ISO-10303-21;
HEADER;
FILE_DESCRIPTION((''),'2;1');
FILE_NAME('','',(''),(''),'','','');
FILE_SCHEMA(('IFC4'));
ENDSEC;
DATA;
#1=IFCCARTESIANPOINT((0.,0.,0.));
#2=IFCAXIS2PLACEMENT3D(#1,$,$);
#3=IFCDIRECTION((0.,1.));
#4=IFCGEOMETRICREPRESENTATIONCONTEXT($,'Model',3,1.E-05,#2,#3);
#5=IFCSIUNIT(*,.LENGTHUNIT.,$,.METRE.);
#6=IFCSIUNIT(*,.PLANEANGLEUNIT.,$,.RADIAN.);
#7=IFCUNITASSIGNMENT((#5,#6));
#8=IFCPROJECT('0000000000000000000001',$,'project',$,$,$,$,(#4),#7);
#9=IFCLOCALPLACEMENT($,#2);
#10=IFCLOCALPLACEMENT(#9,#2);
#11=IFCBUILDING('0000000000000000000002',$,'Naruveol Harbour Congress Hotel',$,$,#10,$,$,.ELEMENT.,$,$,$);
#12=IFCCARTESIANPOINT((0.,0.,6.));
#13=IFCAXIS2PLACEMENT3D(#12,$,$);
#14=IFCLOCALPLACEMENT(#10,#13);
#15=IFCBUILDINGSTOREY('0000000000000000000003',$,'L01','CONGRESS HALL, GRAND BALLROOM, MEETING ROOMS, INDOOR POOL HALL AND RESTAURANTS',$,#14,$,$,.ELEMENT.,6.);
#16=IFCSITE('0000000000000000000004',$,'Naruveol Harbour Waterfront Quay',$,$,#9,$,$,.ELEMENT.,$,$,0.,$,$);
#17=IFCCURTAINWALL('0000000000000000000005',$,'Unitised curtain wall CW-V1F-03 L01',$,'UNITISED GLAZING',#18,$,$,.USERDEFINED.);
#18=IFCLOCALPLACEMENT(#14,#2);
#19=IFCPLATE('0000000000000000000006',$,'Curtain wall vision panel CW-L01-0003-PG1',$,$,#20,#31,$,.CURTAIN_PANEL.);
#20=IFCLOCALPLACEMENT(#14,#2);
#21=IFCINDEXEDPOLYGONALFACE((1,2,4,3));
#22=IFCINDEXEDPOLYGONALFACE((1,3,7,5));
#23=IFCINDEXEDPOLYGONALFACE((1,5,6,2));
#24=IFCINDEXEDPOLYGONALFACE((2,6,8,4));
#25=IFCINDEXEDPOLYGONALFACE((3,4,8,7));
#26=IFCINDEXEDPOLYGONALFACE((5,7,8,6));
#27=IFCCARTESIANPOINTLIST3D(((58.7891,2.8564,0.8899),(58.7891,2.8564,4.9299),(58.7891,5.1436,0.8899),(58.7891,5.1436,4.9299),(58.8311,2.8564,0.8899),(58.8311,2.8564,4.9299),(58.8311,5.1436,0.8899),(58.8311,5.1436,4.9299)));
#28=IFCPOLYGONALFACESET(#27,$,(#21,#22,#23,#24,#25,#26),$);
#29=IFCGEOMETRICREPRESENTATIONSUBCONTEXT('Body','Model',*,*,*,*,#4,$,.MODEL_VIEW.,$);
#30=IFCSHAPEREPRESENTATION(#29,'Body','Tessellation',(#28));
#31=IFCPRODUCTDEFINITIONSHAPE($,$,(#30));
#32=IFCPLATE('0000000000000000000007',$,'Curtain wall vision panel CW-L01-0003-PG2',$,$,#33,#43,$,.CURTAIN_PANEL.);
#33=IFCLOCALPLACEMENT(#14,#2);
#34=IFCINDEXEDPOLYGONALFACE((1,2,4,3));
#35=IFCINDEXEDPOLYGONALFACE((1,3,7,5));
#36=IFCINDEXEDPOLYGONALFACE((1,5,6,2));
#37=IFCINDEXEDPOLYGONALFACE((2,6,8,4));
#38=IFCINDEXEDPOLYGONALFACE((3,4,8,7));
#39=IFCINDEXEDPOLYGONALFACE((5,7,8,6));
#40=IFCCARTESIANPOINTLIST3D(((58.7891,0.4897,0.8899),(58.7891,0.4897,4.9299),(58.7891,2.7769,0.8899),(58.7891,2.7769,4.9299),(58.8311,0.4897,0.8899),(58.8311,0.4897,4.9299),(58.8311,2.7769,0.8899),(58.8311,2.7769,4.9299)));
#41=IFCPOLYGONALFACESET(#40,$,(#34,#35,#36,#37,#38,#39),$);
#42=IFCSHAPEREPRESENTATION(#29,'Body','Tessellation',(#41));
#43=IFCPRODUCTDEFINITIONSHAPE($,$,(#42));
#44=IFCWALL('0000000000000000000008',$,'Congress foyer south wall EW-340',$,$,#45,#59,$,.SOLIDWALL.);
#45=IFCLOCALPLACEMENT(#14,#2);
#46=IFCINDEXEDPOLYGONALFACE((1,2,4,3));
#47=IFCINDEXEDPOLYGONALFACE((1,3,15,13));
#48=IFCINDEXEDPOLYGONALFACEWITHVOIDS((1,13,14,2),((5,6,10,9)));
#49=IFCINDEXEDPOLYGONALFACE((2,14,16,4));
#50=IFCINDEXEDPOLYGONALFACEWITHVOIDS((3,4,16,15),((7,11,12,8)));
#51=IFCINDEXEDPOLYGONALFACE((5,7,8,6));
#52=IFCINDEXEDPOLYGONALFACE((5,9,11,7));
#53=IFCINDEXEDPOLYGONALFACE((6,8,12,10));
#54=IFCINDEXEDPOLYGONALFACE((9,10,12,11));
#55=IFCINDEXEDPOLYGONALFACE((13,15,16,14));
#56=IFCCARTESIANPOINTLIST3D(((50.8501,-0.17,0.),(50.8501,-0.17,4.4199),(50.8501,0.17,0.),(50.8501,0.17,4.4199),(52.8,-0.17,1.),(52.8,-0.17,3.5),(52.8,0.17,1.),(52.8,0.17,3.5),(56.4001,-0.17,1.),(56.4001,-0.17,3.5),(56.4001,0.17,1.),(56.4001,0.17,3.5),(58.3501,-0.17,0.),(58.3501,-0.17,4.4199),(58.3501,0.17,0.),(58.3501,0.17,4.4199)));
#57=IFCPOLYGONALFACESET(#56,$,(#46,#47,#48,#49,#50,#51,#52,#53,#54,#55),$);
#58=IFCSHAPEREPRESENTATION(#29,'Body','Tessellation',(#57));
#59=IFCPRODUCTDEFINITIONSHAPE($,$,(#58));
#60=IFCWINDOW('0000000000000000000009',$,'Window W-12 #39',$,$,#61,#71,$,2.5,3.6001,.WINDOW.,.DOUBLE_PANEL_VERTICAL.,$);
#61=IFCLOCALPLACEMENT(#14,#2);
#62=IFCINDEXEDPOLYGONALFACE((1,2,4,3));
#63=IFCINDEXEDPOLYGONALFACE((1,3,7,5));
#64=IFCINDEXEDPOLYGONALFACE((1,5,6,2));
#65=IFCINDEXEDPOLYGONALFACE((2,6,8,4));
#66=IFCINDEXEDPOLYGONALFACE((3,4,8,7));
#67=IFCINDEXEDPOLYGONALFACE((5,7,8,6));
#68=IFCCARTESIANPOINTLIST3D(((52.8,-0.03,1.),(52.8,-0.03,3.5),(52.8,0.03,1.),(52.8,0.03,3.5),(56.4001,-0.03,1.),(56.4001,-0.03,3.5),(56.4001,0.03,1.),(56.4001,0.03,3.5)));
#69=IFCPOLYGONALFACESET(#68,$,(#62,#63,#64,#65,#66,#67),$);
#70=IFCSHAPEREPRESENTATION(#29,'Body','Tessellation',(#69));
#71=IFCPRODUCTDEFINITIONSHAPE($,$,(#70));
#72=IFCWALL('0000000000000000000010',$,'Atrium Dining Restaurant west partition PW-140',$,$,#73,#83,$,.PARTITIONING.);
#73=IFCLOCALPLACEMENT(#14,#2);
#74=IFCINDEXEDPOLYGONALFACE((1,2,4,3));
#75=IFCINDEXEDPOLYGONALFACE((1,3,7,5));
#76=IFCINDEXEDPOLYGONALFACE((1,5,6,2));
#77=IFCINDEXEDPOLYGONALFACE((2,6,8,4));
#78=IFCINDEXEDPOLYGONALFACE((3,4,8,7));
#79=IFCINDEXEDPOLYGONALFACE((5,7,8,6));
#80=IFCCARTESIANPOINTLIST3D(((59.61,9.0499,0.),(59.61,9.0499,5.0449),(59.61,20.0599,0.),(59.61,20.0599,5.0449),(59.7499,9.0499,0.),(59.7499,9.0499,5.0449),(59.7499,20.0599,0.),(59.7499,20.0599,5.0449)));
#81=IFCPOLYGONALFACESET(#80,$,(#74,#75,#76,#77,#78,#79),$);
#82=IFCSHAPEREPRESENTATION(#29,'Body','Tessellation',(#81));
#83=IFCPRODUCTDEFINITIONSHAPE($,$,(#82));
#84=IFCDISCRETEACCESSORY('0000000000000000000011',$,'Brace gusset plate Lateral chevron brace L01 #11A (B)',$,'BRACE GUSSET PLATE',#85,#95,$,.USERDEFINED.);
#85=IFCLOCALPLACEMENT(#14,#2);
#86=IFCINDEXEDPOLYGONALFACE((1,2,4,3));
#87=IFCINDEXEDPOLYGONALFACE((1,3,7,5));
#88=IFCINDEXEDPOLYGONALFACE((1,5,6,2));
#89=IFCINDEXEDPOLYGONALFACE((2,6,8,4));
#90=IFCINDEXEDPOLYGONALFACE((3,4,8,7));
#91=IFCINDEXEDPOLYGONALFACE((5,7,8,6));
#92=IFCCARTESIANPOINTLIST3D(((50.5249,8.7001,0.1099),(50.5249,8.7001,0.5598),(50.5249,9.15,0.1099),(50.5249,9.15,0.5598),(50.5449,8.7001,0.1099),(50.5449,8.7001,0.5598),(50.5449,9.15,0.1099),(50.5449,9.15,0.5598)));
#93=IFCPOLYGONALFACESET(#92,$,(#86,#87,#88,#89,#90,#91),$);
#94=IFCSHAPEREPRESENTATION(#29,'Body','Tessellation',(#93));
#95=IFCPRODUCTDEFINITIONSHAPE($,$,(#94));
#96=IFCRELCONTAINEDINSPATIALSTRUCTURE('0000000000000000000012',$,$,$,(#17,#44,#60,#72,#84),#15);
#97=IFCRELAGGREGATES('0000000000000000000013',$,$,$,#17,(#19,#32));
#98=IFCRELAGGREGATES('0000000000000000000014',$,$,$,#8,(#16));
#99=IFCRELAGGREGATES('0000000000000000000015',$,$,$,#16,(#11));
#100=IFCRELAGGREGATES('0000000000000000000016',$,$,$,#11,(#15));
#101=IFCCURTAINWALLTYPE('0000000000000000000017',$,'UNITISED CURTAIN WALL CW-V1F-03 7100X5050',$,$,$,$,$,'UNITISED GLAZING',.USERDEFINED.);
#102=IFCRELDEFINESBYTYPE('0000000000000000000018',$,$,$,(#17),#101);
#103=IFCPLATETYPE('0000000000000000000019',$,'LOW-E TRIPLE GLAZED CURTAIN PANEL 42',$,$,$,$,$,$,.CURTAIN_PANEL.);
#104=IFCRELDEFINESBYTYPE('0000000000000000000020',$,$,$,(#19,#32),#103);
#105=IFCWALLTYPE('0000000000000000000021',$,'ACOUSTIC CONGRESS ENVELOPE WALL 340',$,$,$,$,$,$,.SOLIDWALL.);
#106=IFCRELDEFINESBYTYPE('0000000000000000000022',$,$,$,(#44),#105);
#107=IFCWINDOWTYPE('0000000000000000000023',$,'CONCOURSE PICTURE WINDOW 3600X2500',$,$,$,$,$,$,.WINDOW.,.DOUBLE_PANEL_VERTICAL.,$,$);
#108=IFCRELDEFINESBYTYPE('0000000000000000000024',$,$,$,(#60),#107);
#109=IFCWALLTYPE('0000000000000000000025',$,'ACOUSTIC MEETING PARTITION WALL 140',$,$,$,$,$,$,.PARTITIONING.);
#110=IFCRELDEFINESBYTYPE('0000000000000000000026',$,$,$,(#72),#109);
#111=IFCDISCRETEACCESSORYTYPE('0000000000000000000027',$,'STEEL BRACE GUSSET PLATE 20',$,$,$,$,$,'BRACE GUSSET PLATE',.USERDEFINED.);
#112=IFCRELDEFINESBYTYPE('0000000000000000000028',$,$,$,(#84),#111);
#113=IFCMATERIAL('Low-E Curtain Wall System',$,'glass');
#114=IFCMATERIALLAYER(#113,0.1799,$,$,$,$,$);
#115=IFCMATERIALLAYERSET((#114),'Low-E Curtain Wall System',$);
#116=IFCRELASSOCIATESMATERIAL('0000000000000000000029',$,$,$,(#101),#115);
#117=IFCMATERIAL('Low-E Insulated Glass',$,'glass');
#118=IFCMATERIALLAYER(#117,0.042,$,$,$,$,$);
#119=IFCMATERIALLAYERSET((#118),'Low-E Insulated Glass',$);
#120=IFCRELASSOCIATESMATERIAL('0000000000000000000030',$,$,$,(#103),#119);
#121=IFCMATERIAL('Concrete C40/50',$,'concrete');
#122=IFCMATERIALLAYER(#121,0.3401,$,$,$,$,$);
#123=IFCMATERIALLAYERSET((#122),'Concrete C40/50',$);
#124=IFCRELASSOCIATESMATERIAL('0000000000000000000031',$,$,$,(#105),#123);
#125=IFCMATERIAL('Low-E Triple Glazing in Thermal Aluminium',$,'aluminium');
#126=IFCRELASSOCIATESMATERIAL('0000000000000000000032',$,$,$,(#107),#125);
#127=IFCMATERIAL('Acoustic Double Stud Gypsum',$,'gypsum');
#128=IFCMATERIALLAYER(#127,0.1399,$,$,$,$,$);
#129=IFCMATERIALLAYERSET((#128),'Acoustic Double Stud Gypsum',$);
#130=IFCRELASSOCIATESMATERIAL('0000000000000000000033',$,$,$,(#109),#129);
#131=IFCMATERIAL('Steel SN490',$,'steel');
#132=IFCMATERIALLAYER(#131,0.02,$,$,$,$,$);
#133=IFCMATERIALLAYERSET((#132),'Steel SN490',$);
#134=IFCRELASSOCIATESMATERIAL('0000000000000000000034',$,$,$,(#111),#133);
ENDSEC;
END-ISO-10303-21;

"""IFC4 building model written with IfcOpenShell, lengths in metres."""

from ifc_helpers import new_model, si_unit, direction, frame, frame_2d, origin, origin_2d, place, context, subcontext, project, spatial, rectangle, extrude, material, layer, layer_set, type_object, element, fill, aggregate, save


model = new_model("IFC4")

# Units and contexts
model_context = context("Model", 3, precision=1e-05, world=origin(), true_north=direction((0.0, 1.0)))
body_context = subcontext(model_context, "Body", "Model", "MODEL_VIEW")
ifc_project = project(units=[si_unit("LENGTHUNIT", "METRE"), si_unit("PLANEANGLEUNIT", "RADIAN")], contexts=[model_context])

# Site, building, storey
site_placement = place(None, origin())
site = spatial("IfcSite", under=ifc_project, at=site_placement, Name="Naruveol Harbour Waterfront Quay", CompositionType="ELEMENT", RefElevation=0.0)
building_placement = place(site_placement, origin())
building = spatial("IfcBuilding", under=site, at=building_placement, Name="Naruveol Harbour Congress Hotel", CompositionType="ELEMENT")
storey_placement = place(building_placement, frame((0.0, 0.0, 6.0)))
storey = spatial("IfcBuildingStorey", under=building, at=storey_placement, Name="L01", Description="CONGRESS HALL, GRAND BALLROOM, MEETING ROOMS, INDOOR POOL HALL AND RESTAURANTS", CompositionType="ELEMENT", Elevation=6.0)

# Curtain wall, plates
ifc_material_1 = material(Name="Low-E Curtain Wall System", Category="glass")
ifc_layer_1 = layer(ifc_material_1, 0.1799)
ifc_layer_set_1 = layer_set([ifc_layer_1], Name="Low-E Curtain Wall System")
curtain_wall_type = type_object("IfcCurtainWallType", Name="UNITISED CURTAIN WALL CW-V1F-03 7100X5050", ElementType="UNITISED GLAZING", PredefinedType="USERDEFINED", material=ifc_layer_set_1)
curtain_wall_placement = place(storey_placement, origin())
curtain_wall = element("IfcCurtainWall", 1, at=curtain_wall_placement, inside=storey, type_object=curtain_wall_type, Name="Unitised curtain wall CW-V1F-03 L01", ObjectType="UNITISED GLAZING", PredefinedType="USERDEFINED")
ifc_material_2 = material(Name="Low-E Insulated Glass", Category="glass")
ifc_layer_2 = layer(ifc_material_2, 0.042)
ifc_layer_set_2 = layer_set([ifc_layer_2], Name="Low-E Insulated Glass")
plate_type_1 = type_object("IfcPlateType", Name="LOW-E TRIPLE GLAZED CURTAIN PANEL 42", PredefinedType="CURTAIN_PANEL", material=ifc_layer_set_2)
plate_1_placement = place(storey_placement, frame((58.8101, 4.0, 0.8899), z_axis=(0.0, 0.0, 1.0), x_axis=(0.0, -1.0, 0.0)))
plate_1 = element("IfcPlate", 2, at=plate_1_placement, type_object=plate_type_1, Name="Curtain wall vision panel CW-L01-0003-PG1", PredefinedType="CURTAIN_PANEL", context=body_context, shape_type="SweptSolid", body=[
    extrude(rectangle(XDim=2.2871, YDim=0.042, at=origin_2d()), origin(), (0.0, 0.0, 1.0), 4.04),
])
plate_2_placement = place(storey_placement, frame((58.8101, 1.6333, 0.8899), z_axis=(0.0, 0.0, 1.0), x_axis=(0.0, -1.0, 0.0)))
plate_2 = element("IfcPlate", 3, at=plate_2_placement, type_object=plate_type_1, Name="Curtain wall vision panel CW-L01-0003-PG2", PredefinedType="CURTAIN_PANEL", context=body_context, shape_type="SweptSolid", body=[
    extrude(rectangle(XDim=2.2871, YDim=0.042, at=origin_2d()), origin(), (0.0, 0.0, 1.0), 4.04),
])
aggregate(curtain_wall, [plate_1, plate_2])

# Wall, opening, window
ifc_material_3 = material(Name="Concrete C40/50", Category="concrete")
ifc_layer_3 = layer(ifc_material_3, 0.3401)
ifc_layer_set_3 = layer_set([ifc_layer_3], Name="Concrete C40/50")
wall_type_1 = type_object("IfcWallType", Name="ACOUSTIC CONGRESS ENVELOPE WALL 340", PredefinedType="SOLIDWALL", material=ifc_layer_set_3)
wall_1_placement = place(storey_placement, frame((58.3501, 0.0, 0.0), z_axis=(0.0, 0.0, 1.0), x_axis=(-1.0, 0.0, 0.0)))
wall_1 = element("IfcWall", 4, at=wall_1_placement, inside=storey, type_object=wall_type_1, Name="Congress foyer south wall EW-340", PredefinedType="SOLIDWALL", context=body_context, shape_type="SweptSolid", body=[
    extrude(rectangle(XDim=7.5, YDim=0.3401, at=frame_2d((3.75, 0.0))), origin(), (0.0, 0.0, 1.0), 4.4199),
])
opening_placement = place(wall_1_placement, frame((1.95, 0.0, 1.0)))
opening = element("IfcOpeningElement", 5, at=opening_placement, cuts=wall_1, PredefinedType="OPENING", context=body_context, shape_type="SweptSolid", body=[
    extrude(rectangle(XDim=3.6001, YDim=2.5, at=frame_2d((1.8, 1.25))), frame((0.0, 0.1799, 0.0), z_axis=(0.0, -1.0, 0.0), x_axis=(1.0, 0.0, 0.0)), (0.0, 0.0, 1.0), 0.3601),
])
ifc_material_4 = material(Name="Low-E Triple Glazing in Thermal Aluminium", Category="aluminium")
window_type = type_object("IfcWindowType", Name="CONCOURSE PICTURE WINDOW 3600X2500", PartitioningType="DOUBLE_PANEL_VERTICAL", PredefinedType="WINDOW", material=ifc_material_4)
window_placement = place(opening_placement, origin())
window = element("IfcWindow", 6, at=window_placement, inside=storey, type_object=window_type, Name="Window W-12 #39", OverallHeight=2.5, OverallWidth=3.6001, PartitioningType="DOUBLE_PANEL_VERTICAL", PredefinedType="WINDOW", context=body_context, shape_type="SweptSolid", body=[
    extrude(rectangle(XDim=3.6001, YDim=2.5, at=frame_2d((1.8, 1.25))), frame((0.0, 0.03, 0.0), z_axis=(0.0, -1.0, 0.0), x_axis=(1.0, 0.0, 0.0)), (0.0, 0.0, 1.0), 0.0601),
])
fill(opening, window)

# Wall
ifc_material_5 = material(Name="Acoustic Double Stud Gypsum", Category="gypsum")
ifc_layer_4 = layer(ifc_material_5, 0.1399)
ifc_layer_set_4 = layer_set([ifc_layer_4], Name="Acoustic Double Stud Gypsum")
wall_type_2 = type_object("IfcWallType", Name="ACOUSTIC MEETING PARTITION WALL 140", PredefinedType="PARTITIONING", material=ifc_layer_set_4)
wall_2_placement = place(storey_placement, frame((59.6799, 9.05, 0.0), z_axis=(0.0, 0.0, 1.0), x_axis=(0.0, 1.0, 0.0)))
element("IfcWall", 7, at=wall_2_placement, inside=storey, type_object=wall_type_2, Name="Atrium Dining Restaurant west partition PW-140", PredefinedType="PARTITIONING", context=body_context, shape_type="SweptSolid", body=[
    extrude(rectangle(XDim=11.01, YDim=0.1399, at=frame_2d((5.5049, 0.0))), origin(), (0.0, 0.0, 1.0), 5.0449),
])

# Discrete accessory
ifc_material_6 = material(Name="Steel SN490", Category="steel")
ifc_layer_5 = layer(ifc_material_6, 0.02)
ifc_layer_set_5 = layer_set([ifc_layer_5], Name="Steel SN490")
discrete_accessory_type = type_object("IfcDiscreteAccessoryType", Name="STEEL BRACE GUSSET PLATE 20", ElementType="BRACE GUSSET PLATE", PredefinedType="USERDEFINED", material=ifc_layer_set_5)
discrete_accessory_placement = place(storey_placement, frame((50.5349, 8.925, 0.1099), z_axis=(0.0, 0.0, 1.0), x_axis=(0.0, 1.0, 0.0)))
element("IfcDiscreteAccessory", 8, at=discrete_accessory_placement, inside=storey, type_object=discrete_accessory_type, Name="Brace gusset plate Lateral chevron brace L01 #11A (B)", ObjectType="BRACE GUSSET PLATE", PredefinedType="USERDEFINED", context=body_context, shape_type="SweptSolid", body=[
    extrude(rectangle(XDim=0.45, YDim=0.02, at=origin_2d()), origin(), (0.0, 0.0, 1.0), 0.45),
])

save(model, "model.ifc")
